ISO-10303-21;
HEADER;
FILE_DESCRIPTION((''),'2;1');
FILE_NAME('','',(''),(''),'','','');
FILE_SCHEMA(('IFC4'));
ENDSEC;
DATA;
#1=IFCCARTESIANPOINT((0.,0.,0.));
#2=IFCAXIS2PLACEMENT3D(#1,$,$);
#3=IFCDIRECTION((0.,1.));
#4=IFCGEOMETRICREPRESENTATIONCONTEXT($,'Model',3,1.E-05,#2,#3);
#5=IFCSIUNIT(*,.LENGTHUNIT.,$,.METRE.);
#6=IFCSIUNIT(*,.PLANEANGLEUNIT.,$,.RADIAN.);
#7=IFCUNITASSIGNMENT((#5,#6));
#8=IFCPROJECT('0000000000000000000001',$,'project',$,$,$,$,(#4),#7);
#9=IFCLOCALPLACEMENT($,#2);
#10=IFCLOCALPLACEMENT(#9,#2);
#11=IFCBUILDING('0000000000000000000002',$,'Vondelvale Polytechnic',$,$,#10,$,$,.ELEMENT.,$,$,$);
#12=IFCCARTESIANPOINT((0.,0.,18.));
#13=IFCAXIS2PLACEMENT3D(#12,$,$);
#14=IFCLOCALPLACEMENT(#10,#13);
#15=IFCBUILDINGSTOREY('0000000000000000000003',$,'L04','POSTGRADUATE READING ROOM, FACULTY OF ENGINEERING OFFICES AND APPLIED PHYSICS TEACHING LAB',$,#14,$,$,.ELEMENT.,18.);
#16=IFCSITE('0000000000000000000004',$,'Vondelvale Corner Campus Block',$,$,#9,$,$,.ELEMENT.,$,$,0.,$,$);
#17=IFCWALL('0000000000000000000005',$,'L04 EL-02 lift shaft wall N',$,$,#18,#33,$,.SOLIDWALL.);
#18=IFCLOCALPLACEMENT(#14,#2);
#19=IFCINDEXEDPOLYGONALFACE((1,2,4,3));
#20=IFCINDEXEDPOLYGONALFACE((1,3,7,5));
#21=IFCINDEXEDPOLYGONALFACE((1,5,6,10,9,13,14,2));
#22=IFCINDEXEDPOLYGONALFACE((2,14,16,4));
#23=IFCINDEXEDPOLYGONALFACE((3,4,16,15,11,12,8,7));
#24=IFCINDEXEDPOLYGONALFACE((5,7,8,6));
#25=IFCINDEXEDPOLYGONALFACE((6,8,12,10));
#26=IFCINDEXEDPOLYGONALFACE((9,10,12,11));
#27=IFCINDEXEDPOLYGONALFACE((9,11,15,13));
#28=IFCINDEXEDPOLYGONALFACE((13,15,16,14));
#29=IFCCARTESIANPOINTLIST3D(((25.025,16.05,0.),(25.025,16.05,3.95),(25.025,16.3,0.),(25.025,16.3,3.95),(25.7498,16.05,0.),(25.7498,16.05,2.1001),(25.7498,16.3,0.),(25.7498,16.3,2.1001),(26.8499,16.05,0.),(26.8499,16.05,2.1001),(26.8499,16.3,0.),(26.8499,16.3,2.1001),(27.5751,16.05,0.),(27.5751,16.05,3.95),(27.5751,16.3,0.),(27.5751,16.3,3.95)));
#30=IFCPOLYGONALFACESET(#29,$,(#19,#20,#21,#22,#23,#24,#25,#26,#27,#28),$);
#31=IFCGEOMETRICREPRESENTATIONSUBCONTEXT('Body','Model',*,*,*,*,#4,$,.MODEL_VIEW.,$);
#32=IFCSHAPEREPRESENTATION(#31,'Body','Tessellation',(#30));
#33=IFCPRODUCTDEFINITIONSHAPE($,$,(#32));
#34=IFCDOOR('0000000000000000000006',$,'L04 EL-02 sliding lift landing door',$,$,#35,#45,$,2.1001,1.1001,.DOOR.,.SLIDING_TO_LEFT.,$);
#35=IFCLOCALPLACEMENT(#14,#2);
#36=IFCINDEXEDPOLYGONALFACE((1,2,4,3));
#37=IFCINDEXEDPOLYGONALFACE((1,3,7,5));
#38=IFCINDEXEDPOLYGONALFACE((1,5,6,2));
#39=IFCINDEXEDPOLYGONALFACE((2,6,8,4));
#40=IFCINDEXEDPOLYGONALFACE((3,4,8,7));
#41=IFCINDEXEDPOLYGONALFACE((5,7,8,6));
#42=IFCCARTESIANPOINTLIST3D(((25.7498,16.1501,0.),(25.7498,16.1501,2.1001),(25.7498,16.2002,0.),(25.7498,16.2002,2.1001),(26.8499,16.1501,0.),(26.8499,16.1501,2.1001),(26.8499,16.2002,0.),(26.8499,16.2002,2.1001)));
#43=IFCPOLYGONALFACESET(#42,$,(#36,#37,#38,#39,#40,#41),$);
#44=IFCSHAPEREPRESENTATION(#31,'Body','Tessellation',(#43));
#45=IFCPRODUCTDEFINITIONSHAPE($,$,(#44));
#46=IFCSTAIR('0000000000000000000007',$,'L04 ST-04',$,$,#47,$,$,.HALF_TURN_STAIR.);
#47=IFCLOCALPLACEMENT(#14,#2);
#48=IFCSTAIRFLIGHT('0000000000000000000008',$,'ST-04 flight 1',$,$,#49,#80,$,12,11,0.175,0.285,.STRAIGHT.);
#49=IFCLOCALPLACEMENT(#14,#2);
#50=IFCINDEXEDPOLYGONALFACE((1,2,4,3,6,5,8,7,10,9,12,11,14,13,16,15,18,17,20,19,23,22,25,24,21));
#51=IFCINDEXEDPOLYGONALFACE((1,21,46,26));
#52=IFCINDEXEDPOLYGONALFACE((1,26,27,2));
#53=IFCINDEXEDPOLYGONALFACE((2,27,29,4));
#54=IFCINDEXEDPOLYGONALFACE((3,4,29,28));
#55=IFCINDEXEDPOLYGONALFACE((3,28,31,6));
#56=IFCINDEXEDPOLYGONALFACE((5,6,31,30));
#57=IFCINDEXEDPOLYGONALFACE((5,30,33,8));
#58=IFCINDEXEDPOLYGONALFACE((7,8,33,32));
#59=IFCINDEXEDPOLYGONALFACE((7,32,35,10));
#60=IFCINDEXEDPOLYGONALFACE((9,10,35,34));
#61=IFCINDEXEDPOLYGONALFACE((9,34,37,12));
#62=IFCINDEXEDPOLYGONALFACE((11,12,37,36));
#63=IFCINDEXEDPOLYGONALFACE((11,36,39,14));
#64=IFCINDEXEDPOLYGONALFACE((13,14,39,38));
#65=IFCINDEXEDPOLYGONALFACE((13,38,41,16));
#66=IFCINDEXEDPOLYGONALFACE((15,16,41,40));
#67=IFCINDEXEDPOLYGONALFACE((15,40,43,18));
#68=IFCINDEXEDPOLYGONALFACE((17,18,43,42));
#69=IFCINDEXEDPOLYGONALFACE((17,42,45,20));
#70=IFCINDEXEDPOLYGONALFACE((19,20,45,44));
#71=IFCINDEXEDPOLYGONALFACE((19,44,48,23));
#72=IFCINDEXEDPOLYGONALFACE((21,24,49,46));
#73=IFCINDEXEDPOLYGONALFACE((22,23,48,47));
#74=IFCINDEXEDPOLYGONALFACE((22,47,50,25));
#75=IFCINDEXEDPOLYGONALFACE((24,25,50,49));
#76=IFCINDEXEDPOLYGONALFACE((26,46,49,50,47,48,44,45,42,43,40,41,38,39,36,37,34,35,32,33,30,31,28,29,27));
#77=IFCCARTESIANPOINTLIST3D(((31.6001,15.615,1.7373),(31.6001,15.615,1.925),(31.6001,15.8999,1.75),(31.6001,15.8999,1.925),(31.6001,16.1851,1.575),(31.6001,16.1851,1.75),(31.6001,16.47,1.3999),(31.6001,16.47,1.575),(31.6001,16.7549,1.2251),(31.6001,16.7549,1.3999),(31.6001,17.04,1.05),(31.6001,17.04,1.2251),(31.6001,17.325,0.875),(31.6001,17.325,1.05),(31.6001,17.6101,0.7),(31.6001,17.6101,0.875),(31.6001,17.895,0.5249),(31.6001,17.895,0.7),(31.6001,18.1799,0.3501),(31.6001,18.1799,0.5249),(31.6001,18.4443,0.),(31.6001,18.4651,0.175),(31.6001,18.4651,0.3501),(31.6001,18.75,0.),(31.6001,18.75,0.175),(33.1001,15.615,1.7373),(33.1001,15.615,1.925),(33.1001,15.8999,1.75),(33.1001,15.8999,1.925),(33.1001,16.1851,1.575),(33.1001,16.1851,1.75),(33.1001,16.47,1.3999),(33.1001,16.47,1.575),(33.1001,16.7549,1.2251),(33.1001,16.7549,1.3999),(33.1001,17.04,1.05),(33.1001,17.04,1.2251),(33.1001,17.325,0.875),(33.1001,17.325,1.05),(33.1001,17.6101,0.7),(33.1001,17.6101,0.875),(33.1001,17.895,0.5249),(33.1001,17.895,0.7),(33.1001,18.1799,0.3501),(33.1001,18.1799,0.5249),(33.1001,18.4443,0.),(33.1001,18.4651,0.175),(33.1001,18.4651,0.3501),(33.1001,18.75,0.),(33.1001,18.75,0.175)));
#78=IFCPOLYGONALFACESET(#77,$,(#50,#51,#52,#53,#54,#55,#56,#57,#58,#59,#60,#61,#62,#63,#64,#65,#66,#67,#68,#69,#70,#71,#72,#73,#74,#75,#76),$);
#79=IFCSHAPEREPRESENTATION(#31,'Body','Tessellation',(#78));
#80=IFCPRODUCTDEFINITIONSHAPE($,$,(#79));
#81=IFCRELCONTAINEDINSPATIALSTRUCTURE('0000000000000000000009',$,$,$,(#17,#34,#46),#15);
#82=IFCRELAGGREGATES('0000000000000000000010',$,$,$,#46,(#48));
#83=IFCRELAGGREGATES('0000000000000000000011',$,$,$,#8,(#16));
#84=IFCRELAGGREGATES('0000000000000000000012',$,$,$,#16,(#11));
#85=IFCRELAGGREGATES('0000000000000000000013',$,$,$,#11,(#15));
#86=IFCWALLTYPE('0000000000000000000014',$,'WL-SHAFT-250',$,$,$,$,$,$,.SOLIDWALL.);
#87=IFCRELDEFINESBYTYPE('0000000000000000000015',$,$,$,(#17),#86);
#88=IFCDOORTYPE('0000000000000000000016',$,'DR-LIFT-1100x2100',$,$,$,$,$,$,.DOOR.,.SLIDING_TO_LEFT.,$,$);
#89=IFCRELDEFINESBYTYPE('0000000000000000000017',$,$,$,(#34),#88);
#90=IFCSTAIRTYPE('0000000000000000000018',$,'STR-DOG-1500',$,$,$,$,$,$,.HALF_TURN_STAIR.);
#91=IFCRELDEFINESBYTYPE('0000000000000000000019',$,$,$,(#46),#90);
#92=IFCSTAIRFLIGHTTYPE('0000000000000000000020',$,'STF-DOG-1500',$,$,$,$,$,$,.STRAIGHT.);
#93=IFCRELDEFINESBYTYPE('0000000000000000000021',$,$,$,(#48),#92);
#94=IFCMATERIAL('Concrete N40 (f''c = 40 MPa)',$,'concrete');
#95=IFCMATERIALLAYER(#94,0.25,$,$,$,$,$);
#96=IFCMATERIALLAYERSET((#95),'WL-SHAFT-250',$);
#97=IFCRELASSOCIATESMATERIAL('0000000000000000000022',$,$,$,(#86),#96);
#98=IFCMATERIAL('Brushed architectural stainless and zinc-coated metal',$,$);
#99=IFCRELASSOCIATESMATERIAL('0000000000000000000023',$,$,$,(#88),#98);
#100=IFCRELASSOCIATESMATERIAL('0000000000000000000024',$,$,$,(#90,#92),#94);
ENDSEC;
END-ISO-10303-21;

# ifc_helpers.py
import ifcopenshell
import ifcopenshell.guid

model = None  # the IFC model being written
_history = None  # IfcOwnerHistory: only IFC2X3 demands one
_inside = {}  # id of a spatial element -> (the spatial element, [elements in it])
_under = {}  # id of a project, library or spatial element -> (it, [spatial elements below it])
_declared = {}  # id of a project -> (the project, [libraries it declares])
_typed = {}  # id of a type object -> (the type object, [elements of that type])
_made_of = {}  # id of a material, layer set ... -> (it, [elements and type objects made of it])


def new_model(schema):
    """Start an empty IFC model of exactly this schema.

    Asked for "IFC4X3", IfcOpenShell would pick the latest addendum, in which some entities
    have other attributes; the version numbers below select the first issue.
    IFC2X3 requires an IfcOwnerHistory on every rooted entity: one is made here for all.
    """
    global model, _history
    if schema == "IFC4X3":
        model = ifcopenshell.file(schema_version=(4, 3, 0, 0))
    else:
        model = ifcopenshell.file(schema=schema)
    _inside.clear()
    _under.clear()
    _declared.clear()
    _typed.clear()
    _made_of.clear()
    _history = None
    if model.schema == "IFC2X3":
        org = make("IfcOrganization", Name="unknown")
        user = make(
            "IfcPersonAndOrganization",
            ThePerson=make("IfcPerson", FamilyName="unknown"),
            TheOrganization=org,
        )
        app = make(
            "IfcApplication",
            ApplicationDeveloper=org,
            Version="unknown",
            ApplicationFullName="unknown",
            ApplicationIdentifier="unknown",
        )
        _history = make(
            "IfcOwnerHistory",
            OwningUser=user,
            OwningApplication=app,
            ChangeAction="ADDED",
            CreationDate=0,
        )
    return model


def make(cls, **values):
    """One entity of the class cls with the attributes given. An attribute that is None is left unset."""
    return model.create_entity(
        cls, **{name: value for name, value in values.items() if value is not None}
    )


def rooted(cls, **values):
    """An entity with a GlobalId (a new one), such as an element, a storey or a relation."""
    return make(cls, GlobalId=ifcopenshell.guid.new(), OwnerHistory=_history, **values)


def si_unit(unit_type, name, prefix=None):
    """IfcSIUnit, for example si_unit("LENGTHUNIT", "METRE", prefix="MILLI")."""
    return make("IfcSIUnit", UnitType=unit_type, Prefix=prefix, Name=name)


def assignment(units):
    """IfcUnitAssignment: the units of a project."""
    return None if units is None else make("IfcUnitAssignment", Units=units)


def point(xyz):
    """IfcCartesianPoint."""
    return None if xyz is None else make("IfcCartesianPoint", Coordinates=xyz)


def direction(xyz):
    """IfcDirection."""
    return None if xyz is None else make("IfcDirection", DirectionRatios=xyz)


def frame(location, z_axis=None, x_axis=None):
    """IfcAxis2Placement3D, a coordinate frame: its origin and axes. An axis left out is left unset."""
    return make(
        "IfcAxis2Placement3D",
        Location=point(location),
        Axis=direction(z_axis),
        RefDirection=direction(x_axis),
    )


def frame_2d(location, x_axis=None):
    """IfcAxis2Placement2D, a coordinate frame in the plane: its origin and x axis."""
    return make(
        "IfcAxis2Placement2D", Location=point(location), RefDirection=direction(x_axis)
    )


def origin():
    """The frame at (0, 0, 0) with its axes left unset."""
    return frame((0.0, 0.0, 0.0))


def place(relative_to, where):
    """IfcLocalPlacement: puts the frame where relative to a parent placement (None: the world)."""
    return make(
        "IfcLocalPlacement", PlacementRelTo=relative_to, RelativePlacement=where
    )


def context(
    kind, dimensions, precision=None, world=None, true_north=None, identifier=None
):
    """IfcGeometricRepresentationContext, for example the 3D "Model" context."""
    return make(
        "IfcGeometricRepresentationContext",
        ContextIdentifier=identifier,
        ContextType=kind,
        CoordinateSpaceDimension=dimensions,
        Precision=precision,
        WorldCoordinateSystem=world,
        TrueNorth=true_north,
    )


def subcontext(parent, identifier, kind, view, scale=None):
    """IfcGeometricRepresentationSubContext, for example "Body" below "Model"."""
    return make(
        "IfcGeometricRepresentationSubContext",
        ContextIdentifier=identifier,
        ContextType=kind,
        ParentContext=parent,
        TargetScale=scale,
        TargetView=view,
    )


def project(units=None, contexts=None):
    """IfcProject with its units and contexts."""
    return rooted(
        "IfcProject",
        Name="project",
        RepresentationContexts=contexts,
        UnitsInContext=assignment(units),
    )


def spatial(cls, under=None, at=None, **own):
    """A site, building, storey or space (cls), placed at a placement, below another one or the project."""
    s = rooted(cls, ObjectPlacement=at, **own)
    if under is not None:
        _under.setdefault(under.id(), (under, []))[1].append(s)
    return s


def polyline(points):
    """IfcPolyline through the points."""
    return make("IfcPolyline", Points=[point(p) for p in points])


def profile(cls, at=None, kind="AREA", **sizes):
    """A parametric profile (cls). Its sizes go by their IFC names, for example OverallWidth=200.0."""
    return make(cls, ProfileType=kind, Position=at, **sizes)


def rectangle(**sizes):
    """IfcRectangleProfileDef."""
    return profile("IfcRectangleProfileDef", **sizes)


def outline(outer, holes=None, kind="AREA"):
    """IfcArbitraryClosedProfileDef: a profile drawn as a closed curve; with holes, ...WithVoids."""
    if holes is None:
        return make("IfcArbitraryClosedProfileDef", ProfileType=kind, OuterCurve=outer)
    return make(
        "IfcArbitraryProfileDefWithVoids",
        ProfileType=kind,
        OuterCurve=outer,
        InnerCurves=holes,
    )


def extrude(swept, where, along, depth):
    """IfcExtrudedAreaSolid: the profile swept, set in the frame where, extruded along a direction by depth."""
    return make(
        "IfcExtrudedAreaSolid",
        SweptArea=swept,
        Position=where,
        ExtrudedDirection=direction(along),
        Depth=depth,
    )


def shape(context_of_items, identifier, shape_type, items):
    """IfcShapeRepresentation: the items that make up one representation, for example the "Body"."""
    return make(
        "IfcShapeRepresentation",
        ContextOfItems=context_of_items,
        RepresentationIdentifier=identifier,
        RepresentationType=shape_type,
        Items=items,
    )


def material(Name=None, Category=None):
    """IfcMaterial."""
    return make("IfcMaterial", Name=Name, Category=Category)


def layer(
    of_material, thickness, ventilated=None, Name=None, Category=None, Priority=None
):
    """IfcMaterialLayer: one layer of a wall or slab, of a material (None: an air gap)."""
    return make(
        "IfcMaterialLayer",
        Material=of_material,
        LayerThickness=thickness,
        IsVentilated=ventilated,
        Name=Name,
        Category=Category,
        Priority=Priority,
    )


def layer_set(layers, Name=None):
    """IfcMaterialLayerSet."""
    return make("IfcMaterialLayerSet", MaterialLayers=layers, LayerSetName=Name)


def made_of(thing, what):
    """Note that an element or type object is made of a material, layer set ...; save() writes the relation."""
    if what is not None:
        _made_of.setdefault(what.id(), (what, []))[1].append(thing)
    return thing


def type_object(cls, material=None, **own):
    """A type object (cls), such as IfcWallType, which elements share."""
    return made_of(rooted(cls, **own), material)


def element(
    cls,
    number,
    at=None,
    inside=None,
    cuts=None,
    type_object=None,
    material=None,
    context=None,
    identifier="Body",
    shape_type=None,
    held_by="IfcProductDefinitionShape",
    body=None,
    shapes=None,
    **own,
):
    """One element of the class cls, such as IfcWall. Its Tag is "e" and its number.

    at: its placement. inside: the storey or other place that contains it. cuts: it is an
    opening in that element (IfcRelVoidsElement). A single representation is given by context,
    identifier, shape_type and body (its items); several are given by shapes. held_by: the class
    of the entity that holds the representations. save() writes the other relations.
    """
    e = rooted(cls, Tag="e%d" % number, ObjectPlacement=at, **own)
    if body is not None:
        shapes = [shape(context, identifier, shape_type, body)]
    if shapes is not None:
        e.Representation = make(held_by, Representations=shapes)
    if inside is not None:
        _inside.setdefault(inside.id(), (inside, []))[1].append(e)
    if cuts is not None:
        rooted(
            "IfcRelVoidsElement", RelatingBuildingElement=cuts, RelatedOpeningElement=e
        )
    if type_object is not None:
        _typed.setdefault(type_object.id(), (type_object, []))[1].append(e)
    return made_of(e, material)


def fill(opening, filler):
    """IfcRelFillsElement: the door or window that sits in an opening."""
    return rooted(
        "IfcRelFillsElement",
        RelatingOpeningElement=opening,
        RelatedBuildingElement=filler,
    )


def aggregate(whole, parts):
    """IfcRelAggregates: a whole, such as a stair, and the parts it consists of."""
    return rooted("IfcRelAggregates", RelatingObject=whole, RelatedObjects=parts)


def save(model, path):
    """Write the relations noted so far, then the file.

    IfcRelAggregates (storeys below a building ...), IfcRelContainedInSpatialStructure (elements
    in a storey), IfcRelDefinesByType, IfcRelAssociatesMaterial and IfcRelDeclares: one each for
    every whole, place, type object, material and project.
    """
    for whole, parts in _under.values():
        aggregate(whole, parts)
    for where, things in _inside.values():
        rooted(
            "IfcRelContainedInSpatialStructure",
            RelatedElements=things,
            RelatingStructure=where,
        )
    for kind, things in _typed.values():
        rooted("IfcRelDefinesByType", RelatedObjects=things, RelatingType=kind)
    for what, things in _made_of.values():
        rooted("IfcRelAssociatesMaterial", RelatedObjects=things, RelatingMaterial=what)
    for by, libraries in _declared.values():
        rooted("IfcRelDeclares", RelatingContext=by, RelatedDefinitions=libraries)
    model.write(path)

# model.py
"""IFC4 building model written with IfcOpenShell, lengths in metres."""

from ifc_helpers import new_model, si_unit, direction, frame, frame_2d, origin, place, context, subcontext, project, spatial, polyline, rectangle, outline, extrude, material, layer, layer_set, type_object, element, fill, aggregate, save


model = new_model("IFC4")

# Units and contexts
model_context = context("Model", 3, precision=1e-05, world=origin(), true_north=direction((0.0, 1.0)))
body_context = subcontext(model_context, "Body", "Model", "MODEL_VIEW")
ifc_project = project(units=[si_unit("LENGTHUNIT", "METRE"), si_unit("PLANEANGLEUNIT", "RADIAN")], contexts=[model_context])

# Site, building, storey
site_placement = place(None, origin())
site = spatial("IfcSite", under=ifc_project, at=site_placement, Name="Vondelvale Corner Campus Block", CompositionType="ELEMENT", RefElevation=0.0)
building_placement = place(site_placement, origin())
building = spatial("IfcBuilding", under=site, at=building_placement, Name="Vondelvale Polytechnic", CompositionType="ELEMENT")
storey_placement = place(building_placement, frame((0.0, 0.0, 18.0)))
storey = spatial("IfcBuildingStorey", under=building, at=storey_placement, Name="L04", Description="POSTGRADUATE READING ROOM, FACULTY OF ENGINEERING OFFICES AND APPLIED PHYSICS TEACHING LAB", CompositionType="ELEMENT", Elevation=18.0)

# Shared definitions
ifc_material_1 = material(Name="Concrete N40 (f'c = 40 MPa)", Category="concrete")

# Shared definitions
ifc_material_2 = material(Name="Brushed architectural stainless and zinc-coated metal")

# Wall, opening, door
ifc_layer_1 = layer(ifc_material_1, 0.25)
ifc_layer_set_1 = layer_set([ifc_layer_1], Name="WL-SHAFT-250")
wall_type_1 = type_object("IfcWallType", Name="WL-SHAFT-250", PredefinedType="SOLIDWALL", material=ifc_layer_set_1)
wall_1_placement = place(storey_placement, frame((27.575, 16.175, 0.0), z_axis=(0.0, 0.0, 1.0), x_axis=(-1.0, 0.0, 0.0)))
wall_1 = element("IfcWall", 1, at=wall_1_placement, inside=storey, type_object=wall_type_1, Name="L04 EL-02 lift shaft wall N", PredefinedType="SOLIDWALL", context=body_context, shape_type="SweptSolid", body=[
    extrude(rectangle(XDim=2.55, YDim=0.25, at=frame_2d((1.2749, 0.0))), origin(), (0.0, 0.0, 1.0), 3.95),
])
opening_1_placement = place(wall_1_placement, frame((0.7251, 0.0, 0.0)))
opening_1 = element("IfcOpeningElement", 2, at=opening_1_placement, cuts=wall_1, PredefinedType="OPENING", context=body_context, shape_type="SweptSolid", body=[
    extrude(rectangle(XDim=1.1001, YDim=2.1001, at=frame_2d((0.55, 1.05))), frame((0.0, 0.135, 0.0), z_axis=(0.0, -1.0, 0.0), x_axis=(1.0, 0.0, 0.0)), (0.0, 0.0, 1.0), 0.27),
])
door_type_1 = type_object("IfcDoorType", Name="DR-LIFT-1100x2100", OperationType="SLIDING_TO_LEFT", PredefinedType="DOOR", material=ifc_material_2)
door_1_placement = place(opening_1_placement, origin())
door_1 = element("IfcDoor", 3, at=door_1_placement, inside=storey, type_object=door_type_1, Name="L04 EL-02 sliding lift landing door", OperationType="SLIDING_TO_LEFT", OverallHeight=2.1001, OverallWidth=1.1001, PredefinedType="DOOR", context=body_context, shape_type="SweptSolid", body=[
    extrude(rectangle(XDim=1.1001, YDim=2.1001, at=frame_2d((0.55, 1.05))), frame((0.0, 0.0249, 0.0), z_axis=(0.0, -1.0, 0.0), x_axis=(1.0, 0.0, 0.0)), (0.0, 0.0, 1.0), 0.05),
])
fill(opening_1, door_1)

# Stair, stair flight
stair_type = type_object("IfcStairType", Name="STR-DOG-1500", PredefinedType="HALF_TURN_STAIR", material=ifc_material_1)
stair_placement = place(storey_placement, origin())
stair = element("IfcStair", 4, at=stair_placement, inside=storey, type_object=stair_type, Name="L04 ST-04", PredefinedType="HALF_TURN_STAIR")
stair_flight_type = type_object("IfcStairFlightType", Name="STF-DOG-1500", PredefinedType="STRAIGHT", material=ifc_material_1)
stair_flight_placement = place(storey_placement, frame((32.3501, 18.75, 0.0), z_axis=(0.0, 0.0, 1.0), x_axis=(0.0, -1.0, 0.0)))
stair_flight = element("IfcStairFlight", 5, at=stair_flight_placement, type_object=stair_flight_type, Name="ST-04 flight 1", NumberOfRisers=12, NumberOfTreads=11, PredefinedType="STRAIGHT", RiserHeight=0.175, TreadLength=0.285, context=body_context, shape_type="SweptSolid", body=[
    extrude(outline(polyline([(0.0, 0.0), (0.0, 0.175), (0.2849, 0.175), (0.2849, 0.3501), (0.5701, 0.3501), (0.5701, 0.5249), (0.855, 0.5249), (0.855, 0.7), (1.1399, 0.7), (1.1399, 0.875), (1.425, 0.875), (1.425, 1.05), (1.71, 1.05), (1.71, 1.2251), (1.9951, 1.2251), (1.9951, 1.3999), (2.28, 1.3999), (2.28, 1.575), (2.5649, 1.575), (2.5649, 1.75), (2.8501, 1.75), (2.8501, 1.925), (3.135, 1.925), (3.135, 2.1001), (3.135, 1.7373), (0.3057, 0.0), (0.0, 0.0)])), frame((0.0, 0.75, 0.0), z_axis=(0.0, -1.0, 0.0), x_axis=(1.0, 0.0, 0.0)), (0.0, 0.0, 1.0), 1.5),
])
aggregate(stair, [stair_flight])

save(model, "model.ifc")
